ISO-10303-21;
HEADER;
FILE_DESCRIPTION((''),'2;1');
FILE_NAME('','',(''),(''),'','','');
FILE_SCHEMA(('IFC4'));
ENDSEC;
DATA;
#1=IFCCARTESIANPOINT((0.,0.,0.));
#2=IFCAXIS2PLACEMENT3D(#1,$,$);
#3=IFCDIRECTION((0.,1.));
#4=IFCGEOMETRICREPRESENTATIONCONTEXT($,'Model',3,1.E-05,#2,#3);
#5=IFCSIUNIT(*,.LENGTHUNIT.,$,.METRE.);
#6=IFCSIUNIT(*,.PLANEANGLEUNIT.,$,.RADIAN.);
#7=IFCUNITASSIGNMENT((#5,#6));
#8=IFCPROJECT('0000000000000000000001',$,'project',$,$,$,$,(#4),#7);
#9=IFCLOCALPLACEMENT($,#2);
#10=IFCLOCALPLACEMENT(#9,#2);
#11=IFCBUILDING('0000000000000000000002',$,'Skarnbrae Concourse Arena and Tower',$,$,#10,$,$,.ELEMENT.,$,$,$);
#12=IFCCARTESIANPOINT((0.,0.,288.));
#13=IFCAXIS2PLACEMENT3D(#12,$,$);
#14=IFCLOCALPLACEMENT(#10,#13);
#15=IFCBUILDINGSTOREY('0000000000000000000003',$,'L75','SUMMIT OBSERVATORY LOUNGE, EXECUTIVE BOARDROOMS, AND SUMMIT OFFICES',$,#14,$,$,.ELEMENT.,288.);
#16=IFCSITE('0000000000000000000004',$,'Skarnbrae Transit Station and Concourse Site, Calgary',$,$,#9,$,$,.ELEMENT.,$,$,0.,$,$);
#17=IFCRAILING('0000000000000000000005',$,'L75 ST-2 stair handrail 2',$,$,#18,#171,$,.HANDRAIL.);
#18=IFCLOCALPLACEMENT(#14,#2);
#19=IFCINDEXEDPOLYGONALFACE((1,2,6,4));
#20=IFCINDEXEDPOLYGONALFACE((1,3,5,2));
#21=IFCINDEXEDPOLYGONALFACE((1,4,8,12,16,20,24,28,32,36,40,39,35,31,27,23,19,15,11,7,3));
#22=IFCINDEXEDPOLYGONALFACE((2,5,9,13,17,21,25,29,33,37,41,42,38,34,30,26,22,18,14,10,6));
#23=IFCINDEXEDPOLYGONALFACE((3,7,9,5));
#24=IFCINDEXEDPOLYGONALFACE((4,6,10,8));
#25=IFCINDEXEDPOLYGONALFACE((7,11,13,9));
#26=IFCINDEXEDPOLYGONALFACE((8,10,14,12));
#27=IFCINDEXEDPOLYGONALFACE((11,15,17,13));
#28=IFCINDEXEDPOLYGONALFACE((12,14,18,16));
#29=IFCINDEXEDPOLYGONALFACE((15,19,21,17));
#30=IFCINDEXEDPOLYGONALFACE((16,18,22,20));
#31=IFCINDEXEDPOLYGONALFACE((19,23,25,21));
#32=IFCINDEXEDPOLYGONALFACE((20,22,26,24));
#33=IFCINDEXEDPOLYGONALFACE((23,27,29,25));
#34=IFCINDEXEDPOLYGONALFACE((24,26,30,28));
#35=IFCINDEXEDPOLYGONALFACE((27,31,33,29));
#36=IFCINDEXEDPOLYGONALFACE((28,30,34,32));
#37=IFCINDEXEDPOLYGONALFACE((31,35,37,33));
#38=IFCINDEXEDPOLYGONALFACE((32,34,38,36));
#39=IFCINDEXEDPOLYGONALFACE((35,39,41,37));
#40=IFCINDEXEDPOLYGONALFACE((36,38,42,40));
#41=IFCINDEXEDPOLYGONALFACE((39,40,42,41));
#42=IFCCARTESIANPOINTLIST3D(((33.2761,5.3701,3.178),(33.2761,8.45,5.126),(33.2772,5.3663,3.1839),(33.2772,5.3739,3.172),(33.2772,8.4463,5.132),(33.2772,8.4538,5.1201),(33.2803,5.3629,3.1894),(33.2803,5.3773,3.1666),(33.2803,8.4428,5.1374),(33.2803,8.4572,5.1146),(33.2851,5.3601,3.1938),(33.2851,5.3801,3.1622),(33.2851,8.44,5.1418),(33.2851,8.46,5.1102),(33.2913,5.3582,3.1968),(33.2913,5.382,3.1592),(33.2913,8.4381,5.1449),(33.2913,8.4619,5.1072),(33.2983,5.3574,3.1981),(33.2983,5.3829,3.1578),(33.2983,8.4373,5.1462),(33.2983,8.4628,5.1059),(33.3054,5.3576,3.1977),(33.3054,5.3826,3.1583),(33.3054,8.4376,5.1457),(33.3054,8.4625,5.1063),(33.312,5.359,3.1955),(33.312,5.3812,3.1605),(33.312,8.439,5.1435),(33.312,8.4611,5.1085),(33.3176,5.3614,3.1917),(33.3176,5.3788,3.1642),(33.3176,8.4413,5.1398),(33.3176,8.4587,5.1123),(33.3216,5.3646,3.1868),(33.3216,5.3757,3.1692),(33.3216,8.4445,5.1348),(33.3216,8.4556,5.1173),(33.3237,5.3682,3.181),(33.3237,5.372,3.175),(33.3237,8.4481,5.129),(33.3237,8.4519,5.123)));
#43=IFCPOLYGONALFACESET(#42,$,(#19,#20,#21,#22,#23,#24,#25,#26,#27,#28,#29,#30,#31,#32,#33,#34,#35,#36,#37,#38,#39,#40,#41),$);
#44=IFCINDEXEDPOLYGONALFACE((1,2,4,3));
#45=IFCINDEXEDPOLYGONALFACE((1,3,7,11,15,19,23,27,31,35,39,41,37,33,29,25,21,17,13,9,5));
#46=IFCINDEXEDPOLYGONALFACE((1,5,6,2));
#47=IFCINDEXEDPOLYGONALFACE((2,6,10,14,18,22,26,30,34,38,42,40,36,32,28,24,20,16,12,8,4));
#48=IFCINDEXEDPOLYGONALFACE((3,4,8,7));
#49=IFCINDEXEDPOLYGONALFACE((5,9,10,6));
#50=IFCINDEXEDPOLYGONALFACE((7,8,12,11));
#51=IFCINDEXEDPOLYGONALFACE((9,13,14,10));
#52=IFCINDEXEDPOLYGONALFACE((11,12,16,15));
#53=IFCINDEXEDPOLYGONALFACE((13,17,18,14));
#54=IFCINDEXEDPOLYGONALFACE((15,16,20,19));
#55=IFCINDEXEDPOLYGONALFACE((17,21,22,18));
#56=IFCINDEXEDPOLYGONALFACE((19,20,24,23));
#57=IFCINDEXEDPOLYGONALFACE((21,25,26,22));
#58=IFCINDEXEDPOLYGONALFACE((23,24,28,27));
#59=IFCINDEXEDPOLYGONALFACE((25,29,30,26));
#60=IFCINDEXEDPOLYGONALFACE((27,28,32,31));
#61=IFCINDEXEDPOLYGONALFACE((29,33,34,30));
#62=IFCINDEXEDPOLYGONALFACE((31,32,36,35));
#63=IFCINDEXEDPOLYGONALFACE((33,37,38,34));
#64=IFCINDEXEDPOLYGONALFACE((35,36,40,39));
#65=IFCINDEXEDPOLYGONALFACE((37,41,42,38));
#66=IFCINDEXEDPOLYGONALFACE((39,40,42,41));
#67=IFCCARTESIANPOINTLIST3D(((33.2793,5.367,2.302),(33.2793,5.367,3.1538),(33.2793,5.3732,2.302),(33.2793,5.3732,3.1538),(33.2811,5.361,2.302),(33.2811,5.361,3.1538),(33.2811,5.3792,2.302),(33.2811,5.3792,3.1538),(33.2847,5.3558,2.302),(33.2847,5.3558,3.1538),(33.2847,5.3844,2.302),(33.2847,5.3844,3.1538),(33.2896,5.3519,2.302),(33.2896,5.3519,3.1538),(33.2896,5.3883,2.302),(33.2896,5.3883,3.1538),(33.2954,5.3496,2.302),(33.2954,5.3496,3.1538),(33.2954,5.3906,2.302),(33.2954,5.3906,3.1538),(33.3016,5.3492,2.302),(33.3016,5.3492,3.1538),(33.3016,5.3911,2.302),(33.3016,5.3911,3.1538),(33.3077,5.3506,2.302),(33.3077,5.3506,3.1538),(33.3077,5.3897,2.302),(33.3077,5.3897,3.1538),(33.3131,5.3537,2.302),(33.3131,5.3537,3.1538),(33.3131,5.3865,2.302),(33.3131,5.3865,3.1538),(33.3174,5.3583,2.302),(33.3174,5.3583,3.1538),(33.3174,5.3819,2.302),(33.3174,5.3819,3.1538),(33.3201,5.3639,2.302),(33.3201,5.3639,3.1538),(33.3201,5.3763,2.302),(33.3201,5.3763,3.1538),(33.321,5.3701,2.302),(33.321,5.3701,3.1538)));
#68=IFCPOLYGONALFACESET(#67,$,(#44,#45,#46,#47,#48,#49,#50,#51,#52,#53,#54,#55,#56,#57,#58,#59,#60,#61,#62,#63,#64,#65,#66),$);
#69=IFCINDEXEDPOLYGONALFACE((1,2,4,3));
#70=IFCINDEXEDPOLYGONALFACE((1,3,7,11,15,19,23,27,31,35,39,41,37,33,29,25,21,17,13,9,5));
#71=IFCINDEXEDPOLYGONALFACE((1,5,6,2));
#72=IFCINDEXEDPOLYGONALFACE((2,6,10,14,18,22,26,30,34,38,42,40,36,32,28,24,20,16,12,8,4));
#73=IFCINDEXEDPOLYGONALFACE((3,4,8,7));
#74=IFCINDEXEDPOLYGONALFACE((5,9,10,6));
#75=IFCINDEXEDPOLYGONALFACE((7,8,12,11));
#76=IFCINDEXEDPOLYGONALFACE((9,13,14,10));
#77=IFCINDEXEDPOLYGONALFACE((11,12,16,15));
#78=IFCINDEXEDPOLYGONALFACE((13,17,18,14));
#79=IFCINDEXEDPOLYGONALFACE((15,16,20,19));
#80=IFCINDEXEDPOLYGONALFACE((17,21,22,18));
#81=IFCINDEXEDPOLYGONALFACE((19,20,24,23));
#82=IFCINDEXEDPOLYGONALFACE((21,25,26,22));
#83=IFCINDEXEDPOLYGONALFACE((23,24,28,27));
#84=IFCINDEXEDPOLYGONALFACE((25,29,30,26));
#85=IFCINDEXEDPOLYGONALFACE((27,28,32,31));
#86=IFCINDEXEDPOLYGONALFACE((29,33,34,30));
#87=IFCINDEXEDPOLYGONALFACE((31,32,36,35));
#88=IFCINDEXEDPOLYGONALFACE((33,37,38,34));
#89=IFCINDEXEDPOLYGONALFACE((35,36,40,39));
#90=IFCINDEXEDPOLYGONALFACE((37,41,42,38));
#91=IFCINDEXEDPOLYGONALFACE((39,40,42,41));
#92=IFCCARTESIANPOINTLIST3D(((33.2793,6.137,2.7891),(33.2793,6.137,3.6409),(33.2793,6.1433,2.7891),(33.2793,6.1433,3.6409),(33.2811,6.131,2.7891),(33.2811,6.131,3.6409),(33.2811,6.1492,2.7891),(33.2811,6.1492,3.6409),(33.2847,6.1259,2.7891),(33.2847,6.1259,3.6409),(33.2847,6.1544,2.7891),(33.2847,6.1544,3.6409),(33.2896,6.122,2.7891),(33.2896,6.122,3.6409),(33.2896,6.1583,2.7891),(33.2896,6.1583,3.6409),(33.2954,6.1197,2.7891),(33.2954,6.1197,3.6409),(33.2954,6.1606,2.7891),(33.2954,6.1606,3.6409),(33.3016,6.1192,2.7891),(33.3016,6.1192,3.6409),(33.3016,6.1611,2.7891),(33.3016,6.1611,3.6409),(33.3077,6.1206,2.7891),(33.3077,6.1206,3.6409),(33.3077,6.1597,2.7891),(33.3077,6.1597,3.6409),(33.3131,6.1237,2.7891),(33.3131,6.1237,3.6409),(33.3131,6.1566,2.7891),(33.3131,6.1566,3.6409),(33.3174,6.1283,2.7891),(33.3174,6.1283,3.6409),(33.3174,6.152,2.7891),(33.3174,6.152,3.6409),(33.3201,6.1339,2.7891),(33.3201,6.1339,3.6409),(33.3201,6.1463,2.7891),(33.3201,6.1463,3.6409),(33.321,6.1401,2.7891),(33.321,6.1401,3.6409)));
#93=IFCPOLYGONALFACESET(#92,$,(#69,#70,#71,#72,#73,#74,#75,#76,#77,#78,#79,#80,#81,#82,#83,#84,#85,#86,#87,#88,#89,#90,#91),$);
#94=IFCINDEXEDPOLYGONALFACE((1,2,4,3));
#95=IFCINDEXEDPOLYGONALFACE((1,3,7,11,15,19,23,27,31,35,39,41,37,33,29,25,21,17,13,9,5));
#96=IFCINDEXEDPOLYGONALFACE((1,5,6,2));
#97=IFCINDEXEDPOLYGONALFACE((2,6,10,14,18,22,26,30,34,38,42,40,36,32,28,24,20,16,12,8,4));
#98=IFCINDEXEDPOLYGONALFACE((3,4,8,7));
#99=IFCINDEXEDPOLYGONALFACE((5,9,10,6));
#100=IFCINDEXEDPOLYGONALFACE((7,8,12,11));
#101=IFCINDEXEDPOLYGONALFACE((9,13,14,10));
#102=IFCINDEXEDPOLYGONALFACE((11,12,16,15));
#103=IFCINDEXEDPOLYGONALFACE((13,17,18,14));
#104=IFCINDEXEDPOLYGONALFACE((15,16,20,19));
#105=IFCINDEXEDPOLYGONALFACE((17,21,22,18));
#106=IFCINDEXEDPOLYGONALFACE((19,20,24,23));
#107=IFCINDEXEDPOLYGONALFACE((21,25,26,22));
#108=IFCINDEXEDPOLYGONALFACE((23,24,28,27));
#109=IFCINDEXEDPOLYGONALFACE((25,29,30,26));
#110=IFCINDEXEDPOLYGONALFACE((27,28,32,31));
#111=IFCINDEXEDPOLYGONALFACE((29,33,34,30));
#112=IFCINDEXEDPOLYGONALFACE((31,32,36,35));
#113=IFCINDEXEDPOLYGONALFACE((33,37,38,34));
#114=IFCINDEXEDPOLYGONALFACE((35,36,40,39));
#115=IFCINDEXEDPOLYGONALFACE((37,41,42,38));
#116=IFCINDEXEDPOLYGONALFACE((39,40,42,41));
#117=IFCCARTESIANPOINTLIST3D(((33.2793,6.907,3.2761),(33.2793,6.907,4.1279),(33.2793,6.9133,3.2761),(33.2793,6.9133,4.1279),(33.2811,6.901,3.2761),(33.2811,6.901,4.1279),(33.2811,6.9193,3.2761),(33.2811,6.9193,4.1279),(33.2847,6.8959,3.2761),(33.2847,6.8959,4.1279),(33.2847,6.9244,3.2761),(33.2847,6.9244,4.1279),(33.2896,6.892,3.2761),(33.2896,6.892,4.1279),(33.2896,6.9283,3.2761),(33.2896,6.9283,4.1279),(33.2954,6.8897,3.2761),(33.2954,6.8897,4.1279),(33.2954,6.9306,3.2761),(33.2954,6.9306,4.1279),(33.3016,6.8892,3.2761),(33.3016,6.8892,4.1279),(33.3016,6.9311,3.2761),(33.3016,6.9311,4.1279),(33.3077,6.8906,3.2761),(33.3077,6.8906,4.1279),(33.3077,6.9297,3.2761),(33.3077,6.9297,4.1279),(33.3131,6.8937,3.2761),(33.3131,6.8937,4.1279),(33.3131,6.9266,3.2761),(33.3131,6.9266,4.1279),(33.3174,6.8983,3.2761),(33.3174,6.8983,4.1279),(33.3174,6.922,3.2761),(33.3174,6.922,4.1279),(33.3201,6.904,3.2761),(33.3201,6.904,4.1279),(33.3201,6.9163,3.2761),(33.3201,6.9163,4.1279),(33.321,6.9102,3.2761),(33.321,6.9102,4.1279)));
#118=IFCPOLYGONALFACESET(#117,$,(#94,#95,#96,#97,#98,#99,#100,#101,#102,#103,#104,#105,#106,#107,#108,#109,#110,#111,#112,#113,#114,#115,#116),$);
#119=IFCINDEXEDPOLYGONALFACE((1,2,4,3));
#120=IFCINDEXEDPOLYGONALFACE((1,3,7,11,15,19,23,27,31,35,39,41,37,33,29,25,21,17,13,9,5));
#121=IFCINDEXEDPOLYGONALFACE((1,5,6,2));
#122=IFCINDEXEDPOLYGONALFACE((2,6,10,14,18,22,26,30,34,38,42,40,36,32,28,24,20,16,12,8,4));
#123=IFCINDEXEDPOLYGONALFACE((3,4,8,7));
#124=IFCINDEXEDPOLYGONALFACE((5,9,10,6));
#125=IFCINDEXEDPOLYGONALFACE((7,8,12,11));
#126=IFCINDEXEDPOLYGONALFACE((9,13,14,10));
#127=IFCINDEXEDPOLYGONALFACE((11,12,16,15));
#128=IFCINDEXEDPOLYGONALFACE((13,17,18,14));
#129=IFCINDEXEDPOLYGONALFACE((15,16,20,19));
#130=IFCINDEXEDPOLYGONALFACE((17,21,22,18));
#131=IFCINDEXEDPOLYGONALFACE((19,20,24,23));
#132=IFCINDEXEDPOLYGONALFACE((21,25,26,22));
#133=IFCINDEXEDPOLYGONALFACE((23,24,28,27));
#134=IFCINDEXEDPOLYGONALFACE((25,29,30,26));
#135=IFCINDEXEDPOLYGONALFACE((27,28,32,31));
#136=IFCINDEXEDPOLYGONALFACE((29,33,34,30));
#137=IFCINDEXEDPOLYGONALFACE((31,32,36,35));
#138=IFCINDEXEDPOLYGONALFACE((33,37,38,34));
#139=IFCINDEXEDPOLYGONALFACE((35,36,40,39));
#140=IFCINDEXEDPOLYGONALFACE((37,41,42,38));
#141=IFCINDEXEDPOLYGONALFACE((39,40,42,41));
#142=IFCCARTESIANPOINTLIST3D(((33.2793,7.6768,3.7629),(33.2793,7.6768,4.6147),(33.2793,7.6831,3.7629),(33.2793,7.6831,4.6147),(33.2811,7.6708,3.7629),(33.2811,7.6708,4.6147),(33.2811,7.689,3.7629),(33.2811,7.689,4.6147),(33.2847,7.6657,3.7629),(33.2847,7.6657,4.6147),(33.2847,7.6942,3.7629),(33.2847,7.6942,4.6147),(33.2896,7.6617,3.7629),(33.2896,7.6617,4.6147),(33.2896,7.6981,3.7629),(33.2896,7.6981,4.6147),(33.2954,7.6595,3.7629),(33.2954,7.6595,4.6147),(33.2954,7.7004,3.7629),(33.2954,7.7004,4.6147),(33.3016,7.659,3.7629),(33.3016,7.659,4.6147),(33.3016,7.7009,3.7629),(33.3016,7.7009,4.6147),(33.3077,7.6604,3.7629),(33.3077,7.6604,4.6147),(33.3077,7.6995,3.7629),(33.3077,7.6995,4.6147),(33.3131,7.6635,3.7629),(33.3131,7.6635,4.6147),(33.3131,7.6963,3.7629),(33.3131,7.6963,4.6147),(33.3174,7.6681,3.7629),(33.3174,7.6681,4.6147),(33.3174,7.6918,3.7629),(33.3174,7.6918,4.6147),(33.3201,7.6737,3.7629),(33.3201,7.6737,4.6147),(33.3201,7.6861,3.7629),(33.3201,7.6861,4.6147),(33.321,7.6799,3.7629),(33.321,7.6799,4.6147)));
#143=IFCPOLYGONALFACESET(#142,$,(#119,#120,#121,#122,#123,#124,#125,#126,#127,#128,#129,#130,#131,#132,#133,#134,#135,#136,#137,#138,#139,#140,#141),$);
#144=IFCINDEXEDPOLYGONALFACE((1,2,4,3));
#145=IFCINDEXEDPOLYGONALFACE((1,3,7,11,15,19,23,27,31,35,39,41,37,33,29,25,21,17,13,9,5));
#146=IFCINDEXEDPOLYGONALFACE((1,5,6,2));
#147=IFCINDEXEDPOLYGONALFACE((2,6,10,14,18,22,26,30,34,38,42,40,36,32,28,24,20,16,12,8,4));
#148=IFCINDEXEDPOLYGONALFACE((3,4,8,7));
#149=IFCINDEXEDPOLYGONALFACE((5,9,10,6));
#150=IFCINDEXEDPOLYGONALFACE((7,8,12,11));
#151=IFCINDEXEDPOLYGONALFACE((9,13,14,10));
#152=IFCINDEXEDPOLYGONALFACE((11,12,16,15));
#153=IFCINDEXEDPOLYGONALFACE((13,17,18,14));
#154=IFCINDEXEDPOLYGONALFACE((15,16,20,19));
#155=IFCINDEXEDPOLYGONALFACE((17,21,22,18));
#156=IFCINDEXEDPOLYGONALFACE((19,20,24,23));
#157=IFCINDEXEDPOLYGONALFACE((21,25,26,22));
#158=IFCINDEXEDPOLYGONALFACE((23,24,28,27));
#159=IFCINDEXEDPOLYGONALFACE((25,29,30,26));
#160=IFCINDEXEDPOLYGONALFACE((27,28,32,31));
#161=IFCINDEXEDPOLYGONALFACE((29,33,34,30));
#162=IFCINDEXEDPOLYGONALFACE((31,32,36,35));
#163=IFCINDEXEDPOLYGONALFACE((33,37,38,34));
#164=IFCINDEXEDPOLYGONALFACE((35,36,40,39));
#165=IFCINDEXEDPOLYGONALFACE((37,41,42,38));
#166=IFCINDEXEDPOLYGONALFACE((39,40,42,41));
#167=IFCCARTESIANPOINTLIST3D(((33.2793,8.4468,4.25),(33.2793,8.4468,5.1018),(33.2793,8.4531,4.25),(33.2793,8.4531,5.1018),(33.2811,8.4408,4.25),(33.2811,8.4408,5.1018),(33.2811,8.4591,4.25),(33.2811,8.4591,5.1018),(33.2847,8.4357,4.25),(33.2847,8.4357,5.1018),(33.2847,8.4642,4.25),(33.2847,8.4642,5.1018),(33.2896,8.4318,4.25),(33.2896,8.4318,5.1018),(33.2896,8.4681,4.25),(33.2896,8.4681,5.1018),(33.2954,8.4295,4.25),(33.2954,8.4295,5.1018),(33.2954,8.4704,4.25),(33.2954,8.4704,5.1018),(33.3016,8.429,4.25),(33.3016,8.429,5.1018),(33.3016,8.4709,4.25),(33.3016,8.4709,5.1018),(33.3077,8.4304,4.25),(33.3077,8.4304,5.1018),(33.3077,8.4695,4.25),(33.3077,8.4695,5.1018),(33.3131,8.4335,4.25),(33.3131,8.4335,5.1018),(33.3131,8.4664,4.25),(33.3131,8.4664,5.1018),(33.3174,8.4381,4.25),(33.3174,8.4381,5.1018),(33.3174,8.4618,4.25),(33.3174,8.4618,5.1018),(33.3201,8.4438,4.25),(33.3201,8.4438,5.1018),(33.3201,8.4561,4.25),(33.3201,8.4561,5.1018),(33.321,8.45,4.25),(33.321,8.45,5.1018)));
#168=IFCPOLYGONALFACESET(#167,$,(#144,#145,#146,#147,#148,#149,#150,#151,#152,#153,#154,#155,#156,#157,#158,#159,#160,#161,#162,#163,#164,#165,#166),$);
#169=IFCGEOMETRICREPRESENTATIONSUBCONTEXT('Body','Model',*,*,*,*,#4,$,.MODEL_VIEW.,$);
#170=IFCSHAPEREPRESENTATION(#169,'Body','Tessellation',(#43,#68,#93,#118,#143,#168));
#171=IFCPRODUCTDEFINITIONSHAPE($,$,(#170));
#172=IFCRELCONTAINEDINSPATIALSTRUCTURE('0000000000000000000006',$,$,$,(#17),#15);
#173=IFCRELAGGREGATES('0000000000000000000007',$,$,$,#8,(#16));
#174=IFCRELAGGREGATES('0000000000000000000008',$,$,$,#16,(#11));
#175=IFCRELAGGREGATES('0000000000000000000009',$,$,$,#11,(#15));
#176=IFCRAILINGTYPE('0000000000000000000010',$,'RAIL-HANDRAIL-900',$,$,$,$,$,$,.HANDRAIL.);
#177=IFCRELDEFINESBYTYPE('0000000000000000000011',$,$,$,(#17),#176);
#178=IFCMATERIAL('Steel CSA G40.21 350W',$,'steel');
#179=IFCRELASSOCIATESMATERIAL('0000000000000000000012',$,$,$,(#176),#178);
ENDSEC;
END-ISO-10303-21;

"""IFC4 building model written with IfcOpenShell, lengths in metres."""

from ifc_helpers import new_model, si_unit, direction, frame, origin, origin_2d, place, context, subcontext, project, spatial, circle, extrude, material, type_object, element, save


model = new_model("IFC4")

# Units and contexts
model_context = context("Model", 3, precision=1e-05, world=origin(), true_north=direction((0.0, 1.0)))
body_context = subcontext(model_context, "Body", "Model", "MODEL_VIEW")
ifc_project = project(units=[si_unit("LENGTHUNIT", "METRE"), si_unit("PLANEANGLEUNIT", "RADIAN")], contexts=[model_context])

# Site, building, storey
site_placement = place(None, origin())
site = spatial("IfcSite", under=ifc_project, at=site_placement, Name="Skarnbrae Transit Station and Concourse Site, Calgary", CompositionType="ELEMENT", RefElevation=0.0)
building_placement = place(site_placement, origin())
building = spatial("IfcBuilding", under=site, at=building_placement, Name="Skarnbrae Concourse Arena and Tower", CompositionType="ELEMENT")
storey_placement = place(building_placement, frame((0.0, 0.0, 288.0)))
storey = spatial("IfcBuildingStorey", under=building, at=storey_placement, Name="L75", Description="SUMMIT OBSERVATORY LOUNGE, EXECUTIVE BOARDROOMS, AND SUMMIT OFFICES", CompositionType="ELEMENT", Elevation=288.0)

# Shared definitions
ifc_material_1 = material(Name="Steel CSA G40.21 350W", Category="steel")

# Railing
railing_type_1 = type_object("IfcRailingType", Name="RAIL-HANDRAIL-900", PredefinedType="HANDRAIL", material=ifc_material_1)
railing_1_placement = place(storey_placement, frame((33.3, 5.3701, 2.302)))
element("IfcRailing", 1, at=railing_1_placement, inside=storey, type_object=railing_type_1, Name="L75 ST-2 stair handrail 2", PredefinedType="HANDRAIL", context=body_context, shape_type="SweptSolid", body=[
    extrude(circle(Radius=0.0239, at=origin_2d()), frame((0.0, 0.0, 0.876), z_axis=(0.0, 0.845137, 0.53455), x_axis=(-1.0, 0.0, 0.0)), (0.0, 0.0, 1.0), 3.6443),
    extrude(circle(Radius=0.021, at=origin_2d()), origin(), (0.0, 0.0, 1.0), 0.8518),
    extrude(circle(Radius=0.021, at=origin_2d()), frame((0.0, 0.77, 0.4871)), (0.0, 0.0, 1.0), 0.8518),
    extrude(circle(Radius=0.021, at=origin_2d()), frame((0.0, 1.54, 0.9741)), (0.0, 0.0, 1.0), 0.8518),
    extrude(circle(Radius=0.021, at=origin_2d()), frame((0.0, 2.3098, 1.4609)), (0.0, 0.0, 1.0), 0.8518),
    extrude(circle(Radius=0.021, at=origin_2d()), frame((0.0, 3.0798, 1.948)), (0.0, 0.0, 1.0), 0.8518),
])

save(model, "model.ifc")
